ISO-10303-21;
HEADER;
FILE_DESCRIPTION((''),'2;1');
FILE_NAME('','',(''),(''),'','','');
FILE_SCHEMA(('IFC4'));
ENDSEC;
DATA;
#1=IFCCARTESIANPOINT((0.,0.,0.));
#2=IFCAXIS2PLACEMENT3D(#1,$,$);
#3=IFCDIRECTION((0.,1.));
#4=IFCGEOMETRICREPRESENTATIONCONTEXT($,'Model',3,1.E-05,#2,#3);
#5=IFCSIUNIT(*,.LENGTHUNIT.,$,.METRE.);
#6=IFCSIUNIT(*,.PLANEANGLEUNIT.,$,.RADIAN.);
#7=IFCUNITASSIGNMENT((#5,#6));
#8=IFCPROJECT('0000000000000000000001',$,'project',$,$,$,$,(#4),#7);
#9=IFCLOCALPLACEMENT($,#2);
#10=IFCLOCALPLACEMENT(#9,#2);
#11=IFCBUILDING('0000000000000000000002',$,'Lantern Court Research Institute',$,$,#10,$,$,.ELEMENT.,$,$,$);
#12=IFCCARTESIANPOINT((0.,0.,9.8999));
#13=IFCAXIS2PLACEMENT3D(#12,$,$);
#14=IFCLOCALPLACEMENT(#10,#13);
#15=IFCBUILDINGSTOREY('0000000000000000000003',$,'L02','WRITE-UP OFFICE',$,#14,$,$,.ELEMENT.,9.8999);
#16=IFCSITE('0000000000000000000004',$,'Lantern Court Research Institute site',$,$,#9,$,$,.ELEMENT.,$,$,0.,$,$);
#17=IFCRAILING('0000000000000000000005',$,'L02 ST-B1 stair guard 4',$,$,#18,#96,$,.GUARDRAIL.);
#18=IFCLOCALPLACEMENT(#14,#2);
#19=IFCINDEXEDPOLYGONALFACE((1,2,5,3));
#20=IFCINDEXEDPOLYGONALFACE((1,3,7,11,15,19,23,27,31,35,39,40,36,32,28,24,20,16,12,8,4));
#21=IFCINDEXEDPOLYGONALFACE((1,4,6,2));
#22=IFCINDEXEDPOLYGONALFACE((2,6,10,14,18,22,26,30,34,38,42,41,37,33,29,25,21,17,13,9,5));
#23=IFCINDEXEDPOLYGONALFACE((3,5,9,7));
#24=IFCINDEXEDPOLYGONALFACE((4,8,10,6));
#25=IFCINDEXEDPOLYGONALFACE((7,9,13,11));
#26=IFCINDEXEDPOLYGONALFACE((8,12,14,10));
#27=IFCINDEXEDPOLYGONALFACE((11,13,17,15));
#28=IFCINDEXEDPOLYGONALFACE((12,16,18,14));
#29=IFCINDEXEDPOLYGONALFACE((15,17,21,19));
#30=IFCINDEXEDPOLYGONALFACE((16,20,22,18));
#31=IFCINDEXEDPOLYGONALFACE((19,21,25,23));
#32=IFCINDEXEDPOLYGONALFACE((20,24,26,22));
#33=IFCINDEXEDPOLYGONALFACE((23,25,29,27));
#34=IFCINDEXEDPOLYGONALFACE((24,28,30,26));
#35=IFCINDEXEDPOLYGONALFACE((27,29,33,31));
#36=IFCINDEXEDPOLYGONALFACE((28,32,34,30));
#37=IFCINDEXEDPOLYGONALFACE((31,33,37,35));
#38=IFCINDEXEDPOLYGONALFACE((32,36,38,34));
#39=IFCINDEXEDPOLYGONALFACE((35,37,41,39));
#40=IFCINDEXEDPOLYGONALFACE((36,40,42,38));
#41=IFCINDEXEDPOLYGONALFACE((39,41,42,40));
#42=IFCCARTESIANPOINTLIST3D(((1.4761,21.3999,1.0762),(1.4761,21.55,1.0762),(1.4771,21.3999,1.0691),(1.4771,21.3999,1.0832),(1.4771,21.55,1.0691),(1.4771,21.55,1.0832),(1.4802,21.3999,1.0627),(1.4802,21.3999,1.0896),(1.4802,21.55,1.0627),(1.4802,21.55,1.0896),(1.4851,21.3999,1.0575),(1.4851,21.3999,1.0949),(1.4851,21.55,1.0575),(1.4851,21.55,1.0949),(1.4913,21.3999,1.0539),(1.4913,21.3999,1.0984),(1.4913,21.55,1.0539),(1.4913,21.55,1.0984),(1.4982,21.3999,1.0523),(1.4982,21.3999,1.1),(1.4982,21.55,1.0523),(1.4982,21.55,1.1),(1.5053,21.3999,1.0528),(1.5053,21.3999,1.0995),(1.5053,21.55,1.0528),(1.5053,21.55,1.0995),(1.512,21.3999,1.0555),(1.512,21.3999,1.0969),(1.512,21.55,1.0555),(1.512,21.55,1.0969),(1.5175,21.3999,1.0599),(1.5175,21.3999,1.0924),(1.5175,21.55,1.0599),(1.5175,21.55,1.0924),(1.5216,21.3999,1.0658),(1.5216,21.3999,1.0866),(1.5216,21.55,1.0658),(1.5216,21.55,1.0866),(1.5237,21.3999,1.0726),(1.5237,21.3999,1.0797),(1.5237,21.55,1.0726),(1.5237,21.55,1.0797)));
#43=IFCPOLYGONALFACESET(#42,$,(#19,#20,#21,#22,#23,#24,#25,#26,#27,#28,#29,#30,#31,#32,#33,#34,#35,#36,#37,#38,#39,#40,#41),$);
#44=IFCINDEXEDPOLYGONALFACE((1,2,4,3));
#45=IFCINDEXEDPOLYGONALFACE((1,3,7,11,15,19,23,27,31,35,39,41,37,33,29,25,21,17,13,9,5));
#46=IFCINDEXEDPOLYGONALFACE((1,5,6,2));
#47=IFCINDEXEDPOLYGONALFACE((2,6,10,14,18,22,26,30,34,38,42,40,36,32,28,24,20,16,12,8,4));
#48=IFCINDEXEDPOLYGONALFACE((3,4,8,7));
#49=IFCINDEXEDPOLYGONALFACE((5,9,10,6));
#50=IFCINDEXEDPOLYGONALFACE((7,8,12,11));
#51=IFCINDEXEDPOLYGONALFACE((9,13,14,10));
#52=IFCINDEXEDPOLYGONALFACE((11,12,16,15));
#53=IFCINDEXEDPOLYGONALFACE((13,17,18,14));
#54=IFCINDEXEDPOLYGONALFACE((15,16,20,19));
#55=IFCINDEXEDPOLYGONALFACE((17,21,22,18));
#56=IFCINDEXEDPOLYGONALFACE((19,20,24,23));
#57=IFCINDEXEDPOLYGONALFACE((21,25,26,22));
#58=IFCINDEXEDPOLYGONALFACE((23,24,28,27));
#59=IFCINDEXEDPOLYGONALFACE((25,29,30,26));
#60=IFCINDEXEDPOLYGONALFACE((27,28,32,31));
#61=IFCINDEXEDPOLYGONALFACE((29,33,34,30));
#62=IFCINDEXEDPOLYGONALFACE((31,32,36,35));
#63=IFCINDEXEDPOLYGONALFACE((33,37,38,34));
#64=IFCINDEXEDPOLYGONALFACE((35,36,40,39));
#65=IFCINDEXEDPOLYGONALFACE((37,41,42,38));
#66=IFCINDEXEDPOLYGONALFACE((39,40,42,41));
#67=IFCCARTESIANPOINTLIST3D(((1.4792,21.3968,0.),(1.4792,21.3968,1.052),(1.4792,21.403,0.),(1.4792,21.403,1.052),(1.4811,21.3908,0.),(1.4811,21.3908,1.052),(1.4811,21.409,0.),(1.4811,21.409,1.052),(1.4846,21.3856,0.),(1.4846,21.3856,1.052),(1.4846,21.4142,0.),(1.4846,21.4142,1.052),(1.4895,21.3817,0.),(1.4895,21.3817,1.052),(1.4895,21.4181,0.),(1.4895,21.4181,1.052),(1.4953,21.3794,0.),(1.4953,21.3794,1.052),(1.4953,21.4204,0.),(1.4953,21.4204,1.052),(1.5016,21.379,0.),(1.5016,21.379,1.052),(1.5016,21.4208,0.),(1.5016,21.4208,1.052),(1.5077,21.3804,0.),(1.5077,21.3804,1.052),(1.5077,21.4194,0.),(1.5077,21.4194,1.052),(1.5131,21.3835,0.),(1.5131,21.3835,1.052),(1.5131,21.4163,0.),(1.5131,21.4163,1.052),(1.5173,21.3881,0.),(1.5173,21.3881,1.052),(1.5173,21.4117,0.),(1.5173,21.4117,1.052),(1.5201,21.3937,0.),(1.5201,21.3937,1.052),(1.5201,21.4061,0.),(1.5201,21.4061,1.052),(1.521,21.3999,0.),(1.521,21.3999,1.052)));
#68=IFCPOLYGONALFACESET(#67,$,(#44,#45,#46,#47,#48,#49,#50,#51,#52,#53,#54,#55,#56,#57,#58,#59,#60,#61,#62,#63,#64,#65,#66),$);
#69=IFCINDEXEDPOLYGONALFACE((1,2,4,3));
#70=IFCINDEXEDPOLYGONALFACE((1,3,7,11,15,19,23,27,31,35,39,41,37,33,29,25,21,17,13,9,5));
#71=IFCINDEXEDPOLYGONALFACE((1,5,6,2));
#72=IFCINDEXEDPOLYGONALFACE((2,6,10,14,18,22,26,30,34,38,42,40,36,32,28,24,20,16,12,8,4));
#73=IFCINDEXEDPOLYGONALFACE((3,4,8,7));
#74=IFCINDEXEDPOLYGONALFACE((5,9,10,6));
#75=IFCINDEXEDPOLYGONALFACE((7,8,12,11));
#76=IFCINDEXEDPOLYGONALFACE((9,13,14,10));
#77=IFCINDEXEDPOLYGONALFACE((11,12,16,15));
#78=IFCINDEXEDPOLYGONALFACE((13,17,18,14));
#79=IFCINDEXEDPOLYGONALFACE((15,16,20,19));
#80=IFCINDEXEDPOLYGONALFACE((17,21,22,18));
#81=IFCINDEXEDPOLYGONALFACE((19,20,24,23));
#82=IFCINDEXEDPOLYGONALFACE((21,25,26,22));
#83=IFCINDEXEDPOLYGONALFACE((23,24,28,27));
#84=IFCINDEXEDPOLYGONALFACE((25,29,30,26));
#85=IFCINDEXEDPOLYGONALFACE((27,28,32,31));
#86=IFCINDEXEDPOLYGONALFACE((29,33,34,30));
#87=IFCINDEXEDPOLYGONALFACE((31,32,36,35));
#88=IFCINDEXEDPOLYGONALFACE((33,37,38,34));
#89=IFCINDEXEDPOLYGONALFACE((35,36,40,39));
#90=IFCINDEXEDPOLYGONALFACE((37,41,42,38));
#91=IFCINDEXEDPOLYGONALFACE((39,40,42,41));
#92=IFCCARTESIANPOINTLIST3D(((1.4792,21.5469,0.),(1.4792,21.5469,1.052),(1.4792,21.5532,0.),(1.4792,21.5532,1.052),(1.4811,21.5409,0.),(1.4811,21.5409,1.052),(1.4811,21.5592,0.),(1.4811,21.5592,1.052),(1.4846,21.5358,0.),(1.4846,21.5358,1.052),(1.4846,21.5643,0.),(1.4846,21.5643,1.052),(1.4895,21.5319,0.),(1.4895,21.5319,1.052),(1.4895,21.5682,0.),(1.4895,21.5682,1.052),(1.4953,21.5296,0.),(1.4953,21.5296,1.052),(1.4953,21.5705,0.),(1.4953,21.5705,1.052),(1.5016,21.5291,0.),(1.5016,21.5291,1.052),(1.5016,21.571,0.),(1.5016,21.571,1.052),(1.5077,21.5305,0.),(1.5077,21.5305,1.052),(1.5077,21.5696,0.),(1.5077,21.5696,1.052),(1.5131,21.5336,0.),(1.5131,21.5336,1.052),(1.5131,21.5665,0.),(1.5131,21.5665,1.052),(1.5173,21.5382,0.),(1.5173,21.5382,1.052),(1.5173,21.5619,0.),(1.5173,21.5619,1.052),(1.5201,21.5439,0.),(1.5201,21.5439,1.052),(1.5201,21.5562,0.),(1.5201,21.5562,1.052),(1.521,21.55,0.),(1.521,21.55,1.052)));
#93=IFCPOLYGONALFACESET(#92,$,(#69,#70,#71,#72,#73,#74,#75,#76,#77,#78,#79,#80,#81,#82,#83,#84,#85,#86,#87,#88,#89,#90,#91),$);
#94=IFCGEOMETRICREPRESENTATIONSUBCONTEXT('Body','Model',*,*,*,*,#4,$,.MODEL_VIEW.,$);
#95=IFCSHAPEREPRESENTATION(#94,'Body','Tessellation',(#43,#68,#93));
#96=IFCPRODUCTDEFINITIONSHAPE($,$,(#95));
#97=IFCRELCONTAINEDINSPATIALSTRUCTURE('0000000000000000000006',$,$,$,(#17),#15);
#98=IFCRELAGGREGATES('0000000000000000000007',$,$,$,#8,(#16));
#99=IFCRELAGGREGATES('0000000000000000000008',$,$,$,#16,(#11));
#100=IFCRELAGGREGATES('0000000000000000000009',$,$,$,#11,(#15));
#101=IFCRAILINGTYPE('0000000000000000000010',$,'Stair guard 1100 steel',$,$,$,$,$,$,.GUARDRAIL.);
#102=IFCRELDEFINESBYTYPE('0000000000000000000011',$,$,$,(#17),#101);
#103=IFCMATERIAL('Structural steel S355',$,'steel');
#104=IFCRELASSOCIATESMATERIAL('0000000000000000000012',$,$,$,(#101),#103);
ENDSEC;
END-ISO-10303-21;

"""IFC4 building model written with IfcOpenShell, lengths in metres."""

from ifc_helpers import new_model, si_unit, direction, frame, origin, origin_2d, place, context, subcontext, project, spatial, circle, extrude, material, type_object, element, save


model = new_model("IFC4")

# Units and contexts
model_context = context("Model", 3, precision=1e-05, world=origin(), true_north=direction((0.0, 1.0)))
body_context = subcontext(model_context, "Body", "Model", "MODEL_VIEW")
ifc_project = project(units=[si_unit("LENGTHUNIT", "METRE"), si_unit("PLANEANGLEUNIT", "RADIAN")], contexts=[model_context])

# Site, building, storey
site_placement = place(None, origin())
site = spatial("IfcSite", under=ifc_project, at=site_placement, Name="Lantern Court Research Institute site", CompositionType="ELEMENT", RefElevation=0.0)
building_placement = place(site_placement, origin())
building = spatial("IfcBuilding", under=site, at=building_placement, Name="Lantern Court Research Institute", CompositionType="ELEMENT")
storey_placement = place(building_placement, frame((0.0, 0.0, 9.8999)))
storey = spatial("IfcBuildingStorey", under=building, at=storey_placement, Name="L02", Description="WRITE-UP OFFICE", CompositionType="ELEMENT", Elevation=9.8999)

# Railing
ifc_material_1 = material(Name="Structural steel S355", Category="steel")
railing_type_1 = type_object("IfcRailingType", Name="Stair guard 1100 steel", PredefinedType="GUARDRAIL", material=ifc_material_1)
railing_1_placement = place(storey_placement, frame((1.5, 21.3999, 0.0)))
element("IfcRailing", 1, at=railing_1_placement, inside=storey, type_object=railing_type_1, Name="L02 ST-B1 stair guard 4", PredefinedType="GUARDRAIL", context=body_context, shape_type="SweptSolid", body=[
    extrude(circle(Radius=0.0239, at=origin_2d()), frame((0.0, 0.0, 1.0762), z_axis=(0.0, 1.0, 0.0), x_axis=(-1.0, 0.0, 0.0)), (0.0, 0.0, 1.0), 0.1501),
    extrude(circle(Radius=0.021, at=origin_2d()), origin(), (0.0, 0.0, 1.0), 1.052),
    extrude(circle(Radius=0.021, at=origin_2d()), frame((0.0, 0.1501, 0.0)), (0.0, 0.0, 1.0), 1.052),
])

save(model, "model.ifc")
